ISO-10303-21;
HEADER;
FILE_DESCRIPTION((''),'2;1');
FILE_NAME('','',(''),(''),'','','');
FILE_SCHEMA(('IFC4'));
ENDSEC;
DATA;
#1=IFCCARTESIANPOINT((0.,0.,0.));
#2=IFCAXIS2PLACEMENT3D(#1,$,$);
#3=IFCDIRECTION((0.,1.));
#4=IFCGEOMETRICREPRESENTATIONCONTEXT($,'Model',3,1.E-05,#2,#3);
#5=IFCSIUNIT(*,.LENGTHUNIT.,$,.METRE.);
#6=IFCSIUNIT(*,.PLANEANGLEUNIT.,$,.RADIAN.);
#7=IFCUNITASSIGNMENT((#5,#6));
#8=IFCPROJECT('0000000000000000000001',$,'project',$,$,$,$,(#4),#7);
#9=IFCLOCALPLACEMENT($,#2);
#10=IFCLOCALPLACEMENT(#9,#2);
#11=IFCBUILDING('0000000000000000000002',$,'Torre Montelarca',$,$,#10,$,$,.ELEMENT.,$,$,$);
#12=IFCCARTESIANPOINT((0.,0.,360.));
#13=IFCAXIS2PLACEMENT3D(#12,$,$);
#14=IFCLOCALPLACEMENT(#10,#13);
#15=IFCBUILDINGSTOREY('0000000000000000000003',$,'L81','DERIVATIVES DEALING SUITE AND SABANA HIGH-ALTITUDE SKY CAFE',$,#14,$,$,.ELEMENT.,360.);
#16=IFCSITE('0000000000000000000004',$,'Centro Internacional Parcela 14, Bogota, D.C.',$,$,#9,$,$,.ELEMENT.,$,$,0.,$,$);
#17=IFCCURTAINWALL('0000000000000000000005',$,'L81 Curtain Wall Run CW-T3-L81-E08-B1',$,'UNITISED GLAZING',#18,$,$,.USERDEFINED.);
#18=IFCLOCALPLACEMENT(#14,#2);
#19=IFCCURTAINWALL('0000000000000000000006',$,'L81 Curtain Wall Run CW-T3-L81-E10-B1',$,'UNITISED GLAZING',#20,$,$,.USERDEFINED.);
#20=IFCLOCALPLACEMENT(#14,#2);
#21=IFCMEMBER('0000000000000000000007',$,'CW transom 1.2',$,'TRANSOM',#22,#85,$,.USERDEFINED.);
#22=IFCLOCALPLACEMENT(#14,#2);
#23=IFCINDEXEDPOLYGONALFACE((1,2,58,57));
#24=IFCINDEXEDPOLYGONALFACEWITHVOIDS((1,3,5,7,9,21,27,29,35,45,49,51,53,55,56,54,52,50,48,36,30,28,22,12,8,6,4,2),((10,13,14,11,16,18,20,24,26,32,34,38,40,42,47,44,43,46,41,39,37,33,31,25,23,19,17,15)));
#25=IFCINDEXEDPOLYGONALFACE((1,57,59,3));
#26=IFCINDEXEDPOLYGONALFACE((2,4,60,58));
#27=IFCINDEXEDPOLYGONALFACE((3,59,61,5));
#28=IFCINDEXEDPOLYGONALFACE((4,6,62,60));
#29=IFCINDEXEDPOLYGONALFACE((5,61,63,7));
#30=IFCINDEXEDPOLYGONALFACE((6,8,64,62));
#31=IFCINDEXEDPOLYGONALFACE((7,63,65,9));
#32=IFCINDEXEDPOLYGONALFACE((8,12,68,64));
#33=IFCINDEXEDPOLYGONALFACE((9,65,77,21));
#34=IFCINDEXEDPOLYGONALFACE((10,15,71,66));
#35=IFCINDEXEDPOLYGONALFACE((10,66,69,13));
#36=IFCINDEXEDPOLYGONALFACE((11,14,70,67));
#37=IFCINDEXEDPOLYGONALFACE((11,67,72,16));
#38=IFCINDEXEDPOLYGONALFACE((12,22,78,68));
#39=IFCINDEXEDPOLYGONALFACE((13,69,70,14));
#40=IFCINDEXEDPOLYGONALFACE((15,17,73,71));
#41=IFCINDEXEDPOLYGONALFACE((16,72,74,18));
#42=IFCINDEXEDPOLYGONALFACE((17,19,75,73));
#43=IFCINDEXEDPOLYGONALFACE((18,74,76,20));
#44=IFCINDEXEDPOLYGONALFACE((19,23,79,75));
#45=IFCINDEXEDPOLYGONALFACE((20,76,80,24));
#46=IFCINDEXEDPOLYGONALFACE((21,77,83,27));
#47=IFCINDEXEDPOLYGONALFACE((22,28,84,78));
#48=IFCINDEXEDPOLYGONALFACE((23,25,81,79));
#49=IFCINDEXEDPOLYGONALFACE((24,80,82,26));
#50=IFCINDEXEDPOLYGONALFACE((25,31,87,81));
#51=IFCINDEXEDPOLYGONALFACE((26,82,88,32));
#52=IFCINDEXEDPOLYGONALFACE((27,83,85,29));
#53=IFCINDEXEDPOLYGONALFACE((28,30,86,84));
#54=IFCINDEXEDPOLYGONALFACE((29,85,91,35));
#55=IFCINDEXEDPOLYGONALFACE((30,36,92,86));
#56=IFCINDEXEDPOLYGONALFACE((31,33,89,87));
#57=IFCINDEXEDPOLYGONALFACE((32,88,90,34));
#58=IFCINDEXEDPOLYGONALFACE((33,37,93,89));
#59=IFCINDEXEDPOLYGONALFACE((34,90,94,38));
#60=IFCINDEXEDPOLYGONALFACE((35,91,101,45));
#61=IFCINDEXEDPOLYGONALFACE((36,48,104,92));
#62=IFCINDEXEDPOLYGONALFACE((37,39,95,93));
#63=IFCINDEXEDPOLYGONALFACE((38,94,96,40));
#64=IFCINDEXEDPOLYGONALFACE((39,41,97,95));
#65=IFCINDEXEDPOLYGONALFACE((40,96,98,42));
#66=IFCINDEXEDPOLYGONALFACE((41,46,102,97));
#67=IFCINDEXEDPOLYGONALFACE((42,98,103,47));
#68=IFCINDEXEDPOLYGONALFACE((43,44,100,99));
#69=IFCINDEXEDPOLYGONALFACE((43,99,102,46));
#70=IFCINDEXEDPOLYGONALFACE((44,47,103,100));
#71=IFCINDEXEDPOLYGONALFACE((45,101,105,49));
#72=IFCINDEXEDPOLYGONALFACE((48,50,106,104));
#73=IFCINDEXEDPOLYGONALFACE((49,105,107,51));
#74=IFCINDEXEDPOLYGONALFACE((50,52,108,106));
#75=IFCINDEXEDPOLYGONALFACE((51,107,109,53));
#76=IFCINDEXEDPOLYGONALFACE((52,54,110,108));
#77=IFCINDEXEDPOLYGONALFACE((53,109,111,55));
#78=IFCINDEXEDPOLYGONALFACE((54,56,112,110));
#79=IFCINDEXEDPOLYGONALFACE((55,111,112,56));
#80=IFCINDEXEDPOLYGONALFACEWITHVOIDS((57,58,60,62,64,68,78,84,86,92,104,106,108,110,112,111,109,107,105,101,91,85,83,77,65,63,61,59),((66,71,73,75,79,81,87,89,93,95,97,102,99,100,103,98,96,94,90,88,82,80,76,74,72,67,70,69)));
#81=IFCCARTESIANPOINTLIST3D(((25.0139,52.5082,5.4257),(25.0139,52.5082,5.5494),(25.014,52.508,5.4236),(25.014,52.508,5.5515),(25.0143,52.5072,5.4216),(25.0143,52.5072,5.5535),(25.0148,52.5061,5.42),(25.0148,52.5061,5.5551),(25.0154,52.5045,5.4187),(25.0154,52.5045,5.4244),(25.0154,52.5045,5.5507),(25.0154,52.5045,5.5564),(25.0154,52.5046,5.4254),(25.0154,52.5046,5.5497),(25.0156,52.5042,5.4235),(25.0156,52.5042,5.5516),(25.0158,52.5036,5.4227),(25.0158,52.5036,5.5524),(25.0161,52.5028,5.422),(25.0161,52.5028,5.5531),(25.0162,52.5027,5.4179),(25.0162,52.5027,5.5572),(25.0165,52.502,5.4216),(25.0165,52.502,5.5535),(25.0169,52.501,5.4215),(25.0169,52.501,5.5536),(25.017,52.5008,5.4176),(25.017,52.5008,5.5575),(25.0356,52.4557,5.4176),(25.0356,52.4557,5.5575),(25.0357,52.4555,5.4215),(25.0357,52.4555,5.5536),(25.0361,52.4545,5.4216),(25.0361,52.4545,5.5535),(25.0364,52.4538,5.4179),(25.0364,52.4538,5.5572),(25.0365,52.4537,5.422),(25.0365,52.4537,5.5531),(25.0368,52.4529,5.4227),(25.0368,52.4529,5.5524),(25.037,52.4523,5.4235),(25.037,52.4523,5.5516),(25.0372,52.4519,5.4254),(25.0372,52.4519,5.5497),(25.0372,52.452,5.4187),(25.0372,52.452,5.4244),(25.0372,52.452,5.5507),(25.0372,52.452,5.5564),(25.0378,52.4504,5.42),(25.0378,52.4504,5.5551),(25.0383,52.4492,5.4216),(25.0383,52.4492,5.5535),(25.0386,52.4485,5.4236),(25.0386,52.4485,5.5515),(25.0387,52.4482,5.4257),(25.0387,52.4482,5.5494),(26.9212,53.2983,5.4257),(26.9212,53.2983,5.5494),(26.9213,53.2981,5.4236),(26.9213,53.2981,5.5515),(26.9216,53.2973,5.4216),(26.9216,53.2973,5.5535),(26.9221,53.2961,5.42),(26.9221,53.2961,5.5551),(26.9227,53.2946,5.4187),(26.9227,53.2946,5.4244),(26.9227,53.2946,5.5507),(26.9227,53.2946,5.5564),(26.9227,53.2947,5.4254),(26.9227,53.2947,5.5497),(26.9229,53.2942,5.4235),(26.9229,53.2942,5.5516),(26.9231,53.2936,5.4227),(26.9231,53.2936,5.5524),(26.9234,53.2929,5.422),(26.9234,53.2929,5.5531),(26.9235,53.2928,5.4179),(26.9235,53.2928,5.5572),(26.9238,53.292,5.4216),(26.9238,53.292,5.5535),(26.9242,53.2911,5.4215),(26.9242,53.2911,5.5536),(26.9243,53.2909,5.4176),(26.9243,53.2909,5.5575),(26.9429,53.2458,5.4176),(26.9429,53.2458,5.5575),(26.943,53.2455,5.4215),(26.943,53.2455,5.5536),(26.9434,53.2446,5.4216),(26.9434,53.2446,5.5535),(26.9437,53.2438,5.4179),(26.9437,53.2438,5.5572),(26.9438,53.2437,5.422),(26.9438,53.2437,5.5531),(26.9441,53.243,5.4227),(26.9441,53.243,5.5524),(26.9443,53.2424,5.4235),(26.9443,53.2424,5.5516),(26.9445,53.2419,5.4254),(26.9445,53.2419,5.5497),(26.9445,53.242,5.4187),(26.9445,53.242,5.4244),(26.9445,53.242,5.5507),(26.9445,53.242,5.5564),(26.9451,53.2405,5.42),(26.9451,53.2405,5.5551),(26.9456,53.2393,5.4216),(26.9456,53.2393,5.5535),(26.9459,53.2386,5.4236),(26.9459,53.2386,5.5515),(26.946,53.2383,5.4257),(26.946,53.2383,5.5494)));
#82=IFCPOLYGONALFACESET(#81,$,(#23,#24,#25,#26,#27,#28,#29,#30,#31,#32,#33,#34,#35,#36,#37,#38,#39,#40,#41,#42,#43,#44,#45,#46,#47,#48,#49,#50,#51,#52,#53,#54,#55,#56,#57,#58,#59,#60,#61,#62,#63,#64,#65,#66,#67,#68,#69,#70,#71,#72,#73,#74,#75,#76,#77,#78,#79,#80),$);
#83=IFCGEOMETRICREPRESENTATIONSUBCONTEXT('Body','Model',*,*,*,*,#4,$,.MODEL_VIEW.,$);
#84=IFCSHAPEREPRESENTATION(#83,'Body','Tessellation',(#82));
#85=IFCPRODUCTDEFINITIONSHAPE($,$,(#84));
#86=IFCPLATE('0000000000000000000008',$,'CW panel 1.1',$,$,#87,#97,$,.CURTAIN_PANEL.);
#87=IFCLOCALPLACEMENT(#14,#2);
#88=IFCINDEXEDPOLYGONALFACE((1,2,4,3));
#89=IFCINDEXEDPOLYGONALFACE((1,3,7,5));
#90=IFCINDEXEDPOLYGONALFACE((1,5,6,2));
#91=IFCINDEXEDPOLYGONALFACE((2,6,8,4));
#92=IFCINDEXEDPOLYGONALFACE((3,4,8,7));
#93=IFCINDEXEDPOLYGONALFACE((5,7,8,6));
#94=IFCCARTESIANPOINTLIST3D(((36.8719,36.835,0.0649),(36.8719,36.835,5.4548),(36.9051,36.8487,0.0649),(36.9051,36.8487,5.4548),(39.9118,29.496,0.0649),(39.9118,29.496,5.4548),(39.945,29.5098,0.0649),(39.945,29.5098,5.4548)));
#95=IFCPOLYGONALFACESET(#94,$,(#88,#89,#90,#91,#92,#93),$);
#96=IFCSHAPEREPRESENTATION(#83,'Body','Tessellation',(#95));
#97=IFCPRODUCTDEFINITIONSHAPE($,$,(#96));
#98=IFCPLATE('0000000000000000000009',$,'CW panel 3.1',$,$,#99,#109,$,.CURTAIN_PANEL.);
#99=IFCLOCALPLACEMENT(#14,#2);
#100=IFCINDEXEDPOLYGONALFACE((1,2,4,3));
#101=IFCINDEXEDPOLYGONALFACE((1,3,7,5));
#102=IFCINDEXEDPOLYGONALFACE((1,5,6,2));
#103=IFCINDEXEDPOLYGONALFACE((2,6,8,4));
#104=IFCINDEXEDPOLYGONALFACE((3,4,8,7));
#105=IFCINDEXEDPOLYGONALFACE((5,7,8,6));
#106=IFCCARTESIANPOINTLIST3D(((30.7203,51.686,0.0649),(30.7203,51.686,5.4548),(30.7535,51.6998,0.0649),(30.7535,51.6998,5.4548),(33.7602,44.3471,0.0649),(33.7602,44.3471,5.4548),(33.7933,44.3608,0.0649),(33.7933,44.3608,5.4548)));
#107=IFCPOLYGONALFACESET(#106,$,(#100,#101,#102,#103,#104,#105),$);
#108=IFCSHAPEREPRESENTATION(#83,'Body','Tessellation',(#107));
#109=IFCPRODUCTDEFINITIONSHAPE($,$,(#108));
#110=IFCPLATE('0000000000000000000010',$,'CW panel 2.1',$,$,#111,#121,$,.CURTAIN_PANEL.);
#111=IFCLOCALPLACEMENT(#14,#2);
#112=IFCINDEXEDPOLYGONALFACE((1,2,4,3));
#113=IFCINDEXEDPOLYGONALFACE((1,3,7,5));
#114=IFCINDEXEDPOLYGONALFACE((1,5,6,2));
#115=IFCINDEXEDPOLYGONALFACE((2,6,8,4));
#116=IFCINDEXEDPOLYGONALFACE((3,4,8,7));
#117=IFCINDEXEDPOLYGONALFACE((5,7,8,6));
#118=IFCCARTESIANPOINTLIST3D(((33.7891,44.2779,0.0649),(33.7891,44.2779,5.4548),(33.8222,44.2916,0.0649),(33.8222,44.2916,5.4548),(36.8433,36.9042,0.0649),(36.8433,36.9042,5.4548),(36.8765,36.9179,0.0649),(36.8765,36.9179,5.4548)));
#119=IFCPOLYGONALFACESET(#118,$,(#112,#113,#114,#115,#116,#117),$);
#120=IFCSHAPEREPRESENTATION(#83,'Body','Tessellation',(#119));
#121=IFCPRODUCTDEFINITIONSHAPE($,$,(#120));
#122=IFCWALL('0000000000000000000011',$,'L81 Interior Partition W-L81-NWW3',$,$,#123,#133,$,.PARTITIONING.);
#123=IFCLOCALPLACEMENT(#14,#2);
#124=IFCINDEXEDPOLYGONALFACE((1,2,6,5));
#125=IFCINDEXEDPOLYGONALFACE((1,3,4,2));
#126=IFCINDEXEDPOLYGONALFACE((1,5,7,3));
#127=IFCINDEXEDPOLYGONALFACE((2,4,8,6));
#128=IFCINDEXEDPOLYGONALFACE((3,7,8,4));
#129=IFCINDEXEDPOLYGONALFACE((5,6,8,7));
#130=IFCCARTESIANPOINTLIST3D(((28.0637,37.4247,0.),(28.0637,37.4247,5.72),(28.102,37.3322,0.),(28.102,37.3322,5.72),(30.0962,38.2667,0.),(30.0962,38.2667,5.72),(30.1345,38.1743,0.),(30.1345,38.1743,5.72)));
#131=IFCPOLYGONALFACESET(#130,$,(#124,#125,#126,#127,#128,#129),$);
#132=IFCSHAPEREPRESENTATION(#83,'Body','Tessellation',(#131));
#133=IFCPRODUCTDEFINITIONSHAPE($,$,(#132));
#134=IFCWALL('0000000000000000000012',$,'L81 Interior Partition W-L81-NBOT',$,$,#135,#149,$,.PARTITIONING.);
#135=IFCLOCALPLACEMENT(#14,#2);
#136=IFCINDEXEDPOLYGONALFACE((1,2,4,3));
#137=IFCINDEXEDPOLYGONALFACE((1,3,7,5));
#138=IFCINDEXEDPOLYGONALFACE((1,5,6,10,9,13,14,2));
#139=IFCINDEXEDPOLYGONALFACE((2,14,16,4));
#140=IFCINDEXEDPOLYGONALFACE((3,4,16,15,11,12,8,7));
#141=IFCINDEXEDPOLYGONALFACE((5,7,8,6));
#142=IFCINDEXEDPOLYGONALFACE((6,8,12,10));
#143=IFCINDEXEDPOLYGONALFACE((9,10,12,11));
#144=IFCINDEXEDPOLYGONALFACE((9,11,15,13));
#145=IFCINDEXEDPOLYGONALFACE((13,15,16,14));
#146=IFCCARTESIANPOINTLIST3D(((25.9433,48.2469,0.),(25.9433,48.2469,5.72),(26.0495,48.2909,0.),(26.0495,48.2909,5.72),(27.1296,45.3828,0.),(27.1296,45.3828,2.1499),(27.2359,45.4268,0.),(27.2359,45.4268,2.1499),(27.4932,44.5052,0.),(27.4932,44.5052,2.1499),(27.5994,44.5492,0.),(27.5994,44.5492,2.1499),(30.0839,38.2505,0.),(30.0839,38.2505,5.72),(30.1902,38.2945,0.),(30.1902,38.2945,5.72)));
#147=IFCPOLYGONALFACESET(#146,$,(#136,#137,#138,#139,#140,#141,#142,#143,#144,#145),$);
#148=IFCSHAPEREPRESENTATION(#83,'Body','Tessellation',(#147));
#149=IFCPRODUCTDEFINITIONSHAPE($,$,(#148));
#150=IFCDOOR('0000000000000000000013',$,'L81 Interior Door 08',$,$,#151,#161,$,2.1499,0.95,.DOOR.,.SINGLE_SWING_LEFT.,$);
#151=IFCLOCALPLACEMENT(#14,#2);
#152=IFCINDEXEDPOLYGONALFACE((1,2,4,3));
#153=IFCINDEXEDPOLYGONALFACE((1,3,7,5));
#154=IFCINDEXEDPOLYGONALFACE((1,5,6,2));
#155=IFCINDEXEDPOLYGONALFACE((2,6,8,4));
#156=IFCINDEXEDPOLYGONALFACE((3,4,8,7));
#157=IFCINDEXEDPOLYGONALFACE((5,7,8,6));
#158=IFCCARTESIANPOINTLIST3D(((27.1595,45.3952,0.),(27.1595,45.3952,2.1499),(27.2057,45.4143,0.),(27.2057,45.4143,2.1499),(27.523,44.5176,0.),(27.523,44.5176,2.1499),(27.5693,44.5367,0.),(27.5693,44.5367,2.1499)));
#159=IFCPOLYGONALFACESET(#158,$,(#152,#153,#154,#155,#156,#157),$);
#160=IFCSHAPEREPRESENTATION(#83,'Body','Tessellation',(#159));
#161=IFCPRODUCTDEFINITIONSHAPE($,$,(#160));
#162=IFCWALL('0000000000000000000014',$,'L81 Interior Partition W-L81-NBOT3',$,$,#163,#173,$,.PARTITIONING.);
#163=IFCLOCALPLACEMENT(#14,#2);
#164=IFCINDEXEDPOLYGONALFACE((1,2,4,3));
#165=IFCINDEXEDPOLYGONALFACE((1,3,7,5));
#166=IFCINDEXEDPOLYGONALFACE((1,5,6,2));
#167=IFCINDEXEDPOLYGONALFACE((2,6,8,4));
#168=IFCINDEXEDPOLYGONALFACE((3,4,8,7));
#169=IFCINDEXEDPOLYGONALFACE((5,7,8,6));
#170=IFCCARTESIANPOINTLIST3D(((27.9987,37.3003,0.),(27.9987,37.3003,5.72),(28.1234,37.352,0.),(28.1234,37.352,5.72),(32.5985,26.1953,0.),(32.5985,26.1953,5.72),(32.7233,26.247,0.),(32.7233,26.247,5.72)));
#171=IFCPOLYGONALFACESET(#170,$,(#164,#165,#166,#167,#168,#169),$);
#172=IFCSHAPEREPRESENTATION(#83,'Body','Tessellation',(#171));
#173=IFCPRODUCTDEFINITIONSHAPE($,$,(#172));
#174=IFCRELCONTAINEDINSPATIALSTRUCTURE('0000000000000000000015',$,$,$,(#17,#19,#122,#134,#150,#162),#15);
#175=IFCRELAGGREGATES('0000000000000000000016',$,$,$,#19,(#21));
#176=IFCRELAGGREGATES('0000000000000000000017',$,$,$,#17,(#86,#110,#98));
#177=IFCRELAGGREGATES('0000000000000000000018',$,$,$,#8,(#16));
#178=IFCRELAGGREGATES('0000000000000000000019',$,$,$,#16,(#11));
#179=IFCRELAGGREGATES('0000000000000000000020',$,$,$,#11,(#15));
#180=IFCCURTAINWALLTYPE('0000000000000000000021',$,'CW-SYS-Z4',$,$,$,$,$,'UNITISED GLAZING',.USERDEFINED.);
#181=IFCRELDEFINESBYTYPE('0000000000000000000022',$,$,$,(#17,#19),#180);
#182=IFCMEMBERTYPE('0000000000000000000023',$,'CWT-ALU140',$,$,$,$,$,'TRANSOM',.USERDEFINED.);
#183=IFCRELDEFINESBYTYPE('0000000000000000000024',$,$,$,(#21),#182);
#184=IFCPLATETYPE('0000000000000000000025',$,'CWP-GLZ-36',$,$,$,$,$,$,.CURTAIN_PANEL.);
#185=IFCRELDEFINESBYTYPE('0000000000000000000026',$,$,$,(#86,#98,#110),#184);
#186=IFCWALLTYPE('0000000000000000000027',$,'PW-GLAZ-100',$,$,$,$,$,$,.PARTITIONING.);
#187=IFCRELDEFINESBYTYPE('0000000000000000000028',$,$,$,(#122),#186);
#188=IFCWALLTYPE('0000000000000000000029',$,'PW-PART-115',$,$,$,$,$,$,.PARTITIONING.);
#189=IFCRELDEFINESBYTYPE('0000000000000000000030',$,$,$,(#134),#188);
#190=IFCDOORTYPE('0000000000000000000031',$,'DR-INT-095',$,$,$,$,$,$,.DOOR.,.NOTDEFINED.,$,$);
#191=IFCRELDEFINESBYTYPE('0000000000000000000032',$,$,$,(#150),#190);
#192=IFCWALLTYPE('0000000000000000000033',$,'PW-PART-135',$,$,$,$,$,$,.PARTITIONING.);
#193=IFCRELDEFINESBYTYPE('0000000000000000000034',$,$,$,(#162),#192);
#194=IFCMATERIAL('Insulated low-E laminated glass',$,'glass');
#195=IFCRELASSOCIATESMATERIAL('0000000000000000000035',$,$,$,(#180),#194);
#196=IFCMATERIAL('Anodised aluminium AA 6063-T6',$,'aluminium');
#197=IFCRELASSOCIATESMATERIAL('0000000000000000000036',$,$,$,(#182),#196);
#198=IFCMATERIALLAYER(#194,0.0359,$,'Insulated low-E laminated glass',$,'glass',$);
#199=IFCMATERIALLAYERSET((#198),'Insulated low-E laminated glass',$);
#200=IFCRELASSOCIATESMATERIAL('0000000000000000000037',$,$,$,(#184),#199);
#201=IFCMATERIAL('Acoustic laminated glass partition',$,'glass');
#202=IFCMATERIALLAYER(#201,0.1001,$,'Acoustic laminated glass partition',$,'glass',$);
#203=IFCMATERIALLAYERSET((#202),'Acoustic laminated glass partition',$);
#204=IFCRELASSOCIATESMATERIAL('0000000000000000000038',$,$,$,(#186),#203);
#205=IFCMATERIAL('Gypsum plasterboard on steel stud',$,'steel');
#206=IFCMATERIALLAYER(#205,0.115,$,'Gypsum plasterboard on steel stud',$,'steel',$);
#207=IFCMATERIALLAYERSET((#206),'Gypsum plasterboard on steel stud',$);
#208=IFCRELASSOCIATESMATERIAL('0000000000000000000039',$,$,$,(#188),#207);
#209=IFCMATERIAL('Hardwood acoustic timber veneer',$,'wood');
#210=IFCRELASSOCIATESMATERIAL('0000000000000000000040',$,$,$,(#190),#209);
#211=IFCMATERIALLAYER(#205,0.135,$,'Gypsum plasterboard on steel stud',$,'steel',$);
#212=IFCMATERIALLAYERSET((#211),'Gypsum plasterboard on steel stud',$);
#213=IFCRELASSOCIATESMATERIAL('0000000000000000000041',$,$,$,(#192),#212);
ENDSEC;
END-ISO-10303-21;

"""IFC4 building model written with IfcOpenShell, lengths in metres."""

from ifc_helpers import new_model, si_unit, direction, frame, frame_2d, origin, origin_2d, place, context, subcontext, project, spatial, rectangle, hollow_rectangle, extrude, source, transform, mapped, material, layer, layer_set, material_profile, profile_set, type_object, element, fill, aggregate, save


model = new_model("IFC4")

# Units and contexts
model_context = context("Model", 3, precision=1e-05, world=origin(), true_north=direction((0.0, 1.0)))
body_context = subcontext(model_context, "Body", "Model", "MODEL_VIEW")
ifc_project = project(units=[si_unit("LENGTHUNIT", "METRE"), si_unit("PLANEANGLEUNIT", "RADIAN")], contexts=[model_context])

# Site, building, storey
site_placement = place(None, origin())
site = spatial("IfcSite", under=ifc_project, at=site_placement, Name="Centro Internacional Parcela 14, Bogota, D.C.", CompositionType="ELEMENT", RefElevation=0.0)
building_placement = place(site_placement, origin())
building = spatial("IfcBuilding", under=site, at=building_placement, Name="Torre Montelarca", CompositionType="ELEMENT")
storey_placement = place(building_placement, frame((0.0, 0.0, 360.0)))
storey = spatial("IfcBuildingStorey", under=building, at=storey_placement, Name="L81", Description="DERIVATIVES DEALING SUITE AND SABANA HIGH-ALTITUDE SKY CAFE", CompositionType="ELEMENT", Elevation=360.0)

# Curtain wall
ifc_material_1 = material(Name="Insulated low-E laminated glass", Category="glass")
curtain_wall_type = type_object("IfcCurtainWallType", Name="CW-SYS-Z4", ElementType="UNITISED GLAZING", PredefinedType="USERDEFINED", material=ifc_material_1)
curtain_wall_1_placement = place(storey_placement, origin())
curtain_wall_1 = element("IfcCurtainWall", 1, at=curtain_wall_1_placement, inside=storey, type_object=curtain_wall_type, Name="L81 Curtain Wall Run CW-T3-L81-E08-B1", ObjectType="UNITISED GLAZING", PredefinedType="USERDEFINED")
ifc_material_2 = material(Name="Anodised aluminium AA 6063-T6", Category="aluminium")

# Curtain wall
curtain_wall_2_placement = place(storey_placement, origin())
curtain_wall_2 = element("IfcCurtainWall", 2, at=curtain_wall_2_placement, inside=storey, type_object=curtain_wall_type, Name="L81 Curtain Wall Run CW-T3-L81-E10-B1", ObjectType="UNITISED GLAZING", PredefinedType="USERDEFINED")

# Member
ifc_material_profile_1 = material_profile(ifc_material_2, hollow_rectangle(XDim=0.0649, YDim=0.1399, WallThickness=0.0039, InnerFilletRadius=0.0039, OuterFilletRadius=0.0081, at=origin_2d()), Name="ALU65X140X4", Category="aluminium")
ifc_profile_set_1 = profile_set([ifc_material_profile_1], Name="Anodised aluminium AA 6063-T6")
member_type_1 = type_object("IfcMemberType", Name="CWT-ALU140", ElementType="TRANSOM", PredefinedType="USERDEFINED", material=ifc_profile_set_1)
shared_shape_1 = source(origin(), body_context, "Body", "SweptSolid", [
    extrude(hollow_rectangle(XDim=0.0649, YDim=0.1399, WallThickness=0.0039, InnerFilletRadius=0.0039, OuterFilletRadius=0.0081, at=origin_2d()), origin(), (0.0, 0.0, 1.0), 2.0645),
])
member_1_placement = place(storey_placement, frame((26.9336, 53.2683, 5.4875), z_axis=(-0.923873, -0.3827, 0.0), x_axis=(0.3827, -0.923873, 0.0)))
member_1 = element("IfcMember", 3, at=member_1_placement, type_object=member_type_1, Name="CW transom 1.2", ObjectType="TRANSOM", PredefinedType="USERDEFINED", context=body_context, shape_type="MappedRepresentation", body=[
    mapped(shared_shape_1, transform((0.0, 0.0, 0.0), scale=1.0)),
])
aggregate(curtain_wall_2, [member_1])

# Plates
ifc_layer_1 = layer(ifc_material_1, 0.0359, Name="Insulated low-E laminated glass", Category="glass")
ifc_layer_set_1 = layer_set([ifc_layer_1], Name="Insulated low-E laminated glass")
plate_type = type_object("IfcPlateType", Name="CWP-GLZ-36", PredefinedType="CURTAIN_PANEL", material=ifc_layer_set_1)
shared_shape_2 = source(origin(), body_context, "Body", "SweptSolid", [
    extrude(rectangle(XDim=7.9436, YDim=0.0359, at=origin_2d()), origin(), (0.0, 0.0, 1.0), 5.3899),
])
plate_1_placement = place(storey_placement, frame((38.4084, 33.1724, 0.0649), z_axis=(0.0, 0.0, 1.0), x_axis=(-0.38268, 0.923881, 0.0)))
plate_1 = element("IfcPlate", 4, at=plate_1_placement, type_object=plate_type, Name="CW panel 1.1", PredefinedType="CURTAIN_PANEL", context=body_context, shape_type="MappedRepresentation", body=[
    mapped(shared_shape_2, transform((0.0, 0.0, 0.0), scale=1.0)),
])
plate_2_placement = place(storey_placement, frame((32.2568, 48.0234, 0.0649), z_axis=(0.0, 0.0, 1.0), x_axis=(-0.38268, 0.923881, 0.0)))
plate_2 = element("IfcPlate", 5, at=plate_2_placement, type_object=plate_type, Name="CW panel 3.1", PredefinedType="CURTAIN_PANEL", context=body_context, shape_type="MappedRepresentation", body=[
    mapped(shared_shape_2, transform((0.0, 0.0, 0.0), scale=1.0)),
])
shared_shape_3 = source(origin(), body_context, "Body", "SweptSolid", [
    extrude(rectangle(XDim=7.9812, YDim=0.0359, at=origin_2d()), origin(), (0.0, 0.0, 1.0), 5.3899),
])
plate_3_placement = place(storey_placement, frame((35.3328, 40.5979, 0.0649), z_axis=(0.0, 0.0, 1.0), x_axis=(-0.38268, 0.923881, 0.0)))
plate_3 = element("IfcPlate", 6, at=plate_3_placement, type_object=plate_type, Name="CW panel 2.1", PredefinedType="CURTAIN_PANEL", context=body_context, shape_type="MappedRepresentation", body=[
    mapped(shared_shape_3, transform((0.0, 0.0, 0.0), scale=1.0)),
])
aggregate(curtain_wall_1, [plate_1, plate_3, plate_2])

# Wall
ifc_material_3 = material(Name="Acoustic laminated glass partition", Category="glass")
ifc_layer_2 = layer(ifc_material_3, 0.1001, Name="Acoustic laminated glass partition", Category="glass")
ifc_layer_set_2 = layer_set([ifc_layer_2], Name="Acoustic laminated glass partition")
wall_type_1 = type_object("IfcWallType", Name="PW-GLAZ-100", PredefinedType="PARTITIONING", material=ifc_layer_set_2)
wall_1_placement = place(storey_placement, frame((28.0828, 37.3784, 0.0), z_axis=(0.0, 0.0, 1.0), x_axis=(0.923853, 0.382747, 0.0)))
element("IfcWall", 7, at=wall_1_placement, inside=storey, type_object=wall_type_1, Name="L81 Interior Partition W-L81-NWW3", PredefinedType="PARTITIONING", context=body_context, shape_type="SweptSolid", body=[
    extrude(rectangle(XDim=2.2, YDim=0.1001, at=frame_2d((1.1001, 0.0))), origin(), (0.0, 0.0, 1.0), 5.72),
])

# Wall, opening, door
ifc_material_4 = material(Name="Gypsum plasterboard on steel stud", Category="steel")
ifc_layer_3 = layer(ifc_material_4, 0.115, Name="Gypsum plasterboard on steel stud", Category="steel")
ifc_layer_set_3 = layer_set([ifc_layer_3], Name="Gypsum plasterboard on steel stud")
wall_type_2 = type_object("IfcWallType", Name="PW-PART-115", PredefinedType="PARTITIONING", material=ifc_layer_set_3)
wall_2_placement = place(storey_placement, frame((25.9963, 48.269, 0.0), z_axis=(0.0, 0.0, 1.0), x_axis=(0.382684, -0.923879, 0.0)))
wall_2 = element("IfcWall", 8, at=wall_2_placement, inside=storey, type_object=wall_type_2, Name="L81 Interior Partition W-L81-NBOT", PredefinedType="PARTITIONING", context=body_context, shape_type="SweptSolid", body=[
    extrude(rectangle(XDim=10.8201, YDim=0.115, at=frame_2d((5.4102, 0.0))), origin(), (0.0, 0.0, 1.0), 5.72),
])
opening_placement = place(wall_2_placement, frame((3.1001, 0.0, 0.0)))
opening = element("IfcOpeningElement", 9, at=opening_placement, cuts=wall_2, PredefinedType="OPENING", context=body_context, shape_type="SweptSolid", body=[
    extrude(rectangle(XDim=0.95, YDim=2.1499, at=frame_2d((0.4751, 1.075))), frame((0.0, 0.0674, 0.0), z_axis=(0.0, -1.0, 0.0), x_axis=(1.0, 0.0, 0.0)), (0.0, 0.0, 1.0), 0.135),
])
ifc_material_5 = material(Name="Hardwood acoustic timber veneer", Category="wood")
door_type = type_object("IfcDoorType", Name="DR-INT-095", OperationType="NOTDEFINED", PredefinedType="DOOR", material=ifc_material_5)
shared_shape_4 = source(origin(), body_context, "Body", "SweptSolid", [
    extrude(rectangle(XDim=0.95, YDim=2.1499, at=frame_2d((0.4751, 1.075))), frame((0.0, 0.0249, 0.0), z_axis=(0.0, -1.0, 0.0), x_axis=(1.0, 0.0, 0.0)), (0.0, 0.0, 1.0), 0.05),
])
door_placement = place(opening_placement, origin())
door = element("IfcDoor", 10, at=door_placement, inside=storey, type_object=door_type, Name="L81 Interior Door 08", OperationType="SINGLE_SWING_LEFT", OverallHeight=2.1499, OverallWidth=0.95, PredefinedType="DOOR", context=body_context, shape_type="MappedRepresentation", body=[
    mapped(shared_shape_4, transform((0.0, 0.0, 0.0), scale=1.0)),
])
fill(opening, door)

# Wall
ifc_layer_4 = layer(ifc_material_4, 0.135, Name="Gypsum plasterboard on steel stud", Category="steel")
ifc_layer_set_4 = layer_set([ifc_layer_4], Name="Gypsum plasterboard on steel stud")
wall_type_3 = type_object("IfcWallType", Name="PW-PART-135", PredefinedType="PARTITIONING", material=ifc_layer_set_4)
wall_3_placement = place(storey_placement, frame((28.061, 37.3262, 0.0), z_axis=(0.0, 0.0, 1.0), x_axis=(0.382685, -0.923879, 0.0)))
element("IfcWall", 11, at=wall_3_placement, inside=storey, type_object=wall_type_3, Name="L81 Interior Partition W-L81-NBOT3", PredefinedType="PARTITIONING", context=body_context, shape_type="SweptSolid", body=[
    extrude(rectangle(XDim=12.02, YDim=0.135, at=frame_2d((6.01, 0.0))), origin(), (0.0, 0.0, 1.0), 5.72),
])

save(model, "model.ifc")
